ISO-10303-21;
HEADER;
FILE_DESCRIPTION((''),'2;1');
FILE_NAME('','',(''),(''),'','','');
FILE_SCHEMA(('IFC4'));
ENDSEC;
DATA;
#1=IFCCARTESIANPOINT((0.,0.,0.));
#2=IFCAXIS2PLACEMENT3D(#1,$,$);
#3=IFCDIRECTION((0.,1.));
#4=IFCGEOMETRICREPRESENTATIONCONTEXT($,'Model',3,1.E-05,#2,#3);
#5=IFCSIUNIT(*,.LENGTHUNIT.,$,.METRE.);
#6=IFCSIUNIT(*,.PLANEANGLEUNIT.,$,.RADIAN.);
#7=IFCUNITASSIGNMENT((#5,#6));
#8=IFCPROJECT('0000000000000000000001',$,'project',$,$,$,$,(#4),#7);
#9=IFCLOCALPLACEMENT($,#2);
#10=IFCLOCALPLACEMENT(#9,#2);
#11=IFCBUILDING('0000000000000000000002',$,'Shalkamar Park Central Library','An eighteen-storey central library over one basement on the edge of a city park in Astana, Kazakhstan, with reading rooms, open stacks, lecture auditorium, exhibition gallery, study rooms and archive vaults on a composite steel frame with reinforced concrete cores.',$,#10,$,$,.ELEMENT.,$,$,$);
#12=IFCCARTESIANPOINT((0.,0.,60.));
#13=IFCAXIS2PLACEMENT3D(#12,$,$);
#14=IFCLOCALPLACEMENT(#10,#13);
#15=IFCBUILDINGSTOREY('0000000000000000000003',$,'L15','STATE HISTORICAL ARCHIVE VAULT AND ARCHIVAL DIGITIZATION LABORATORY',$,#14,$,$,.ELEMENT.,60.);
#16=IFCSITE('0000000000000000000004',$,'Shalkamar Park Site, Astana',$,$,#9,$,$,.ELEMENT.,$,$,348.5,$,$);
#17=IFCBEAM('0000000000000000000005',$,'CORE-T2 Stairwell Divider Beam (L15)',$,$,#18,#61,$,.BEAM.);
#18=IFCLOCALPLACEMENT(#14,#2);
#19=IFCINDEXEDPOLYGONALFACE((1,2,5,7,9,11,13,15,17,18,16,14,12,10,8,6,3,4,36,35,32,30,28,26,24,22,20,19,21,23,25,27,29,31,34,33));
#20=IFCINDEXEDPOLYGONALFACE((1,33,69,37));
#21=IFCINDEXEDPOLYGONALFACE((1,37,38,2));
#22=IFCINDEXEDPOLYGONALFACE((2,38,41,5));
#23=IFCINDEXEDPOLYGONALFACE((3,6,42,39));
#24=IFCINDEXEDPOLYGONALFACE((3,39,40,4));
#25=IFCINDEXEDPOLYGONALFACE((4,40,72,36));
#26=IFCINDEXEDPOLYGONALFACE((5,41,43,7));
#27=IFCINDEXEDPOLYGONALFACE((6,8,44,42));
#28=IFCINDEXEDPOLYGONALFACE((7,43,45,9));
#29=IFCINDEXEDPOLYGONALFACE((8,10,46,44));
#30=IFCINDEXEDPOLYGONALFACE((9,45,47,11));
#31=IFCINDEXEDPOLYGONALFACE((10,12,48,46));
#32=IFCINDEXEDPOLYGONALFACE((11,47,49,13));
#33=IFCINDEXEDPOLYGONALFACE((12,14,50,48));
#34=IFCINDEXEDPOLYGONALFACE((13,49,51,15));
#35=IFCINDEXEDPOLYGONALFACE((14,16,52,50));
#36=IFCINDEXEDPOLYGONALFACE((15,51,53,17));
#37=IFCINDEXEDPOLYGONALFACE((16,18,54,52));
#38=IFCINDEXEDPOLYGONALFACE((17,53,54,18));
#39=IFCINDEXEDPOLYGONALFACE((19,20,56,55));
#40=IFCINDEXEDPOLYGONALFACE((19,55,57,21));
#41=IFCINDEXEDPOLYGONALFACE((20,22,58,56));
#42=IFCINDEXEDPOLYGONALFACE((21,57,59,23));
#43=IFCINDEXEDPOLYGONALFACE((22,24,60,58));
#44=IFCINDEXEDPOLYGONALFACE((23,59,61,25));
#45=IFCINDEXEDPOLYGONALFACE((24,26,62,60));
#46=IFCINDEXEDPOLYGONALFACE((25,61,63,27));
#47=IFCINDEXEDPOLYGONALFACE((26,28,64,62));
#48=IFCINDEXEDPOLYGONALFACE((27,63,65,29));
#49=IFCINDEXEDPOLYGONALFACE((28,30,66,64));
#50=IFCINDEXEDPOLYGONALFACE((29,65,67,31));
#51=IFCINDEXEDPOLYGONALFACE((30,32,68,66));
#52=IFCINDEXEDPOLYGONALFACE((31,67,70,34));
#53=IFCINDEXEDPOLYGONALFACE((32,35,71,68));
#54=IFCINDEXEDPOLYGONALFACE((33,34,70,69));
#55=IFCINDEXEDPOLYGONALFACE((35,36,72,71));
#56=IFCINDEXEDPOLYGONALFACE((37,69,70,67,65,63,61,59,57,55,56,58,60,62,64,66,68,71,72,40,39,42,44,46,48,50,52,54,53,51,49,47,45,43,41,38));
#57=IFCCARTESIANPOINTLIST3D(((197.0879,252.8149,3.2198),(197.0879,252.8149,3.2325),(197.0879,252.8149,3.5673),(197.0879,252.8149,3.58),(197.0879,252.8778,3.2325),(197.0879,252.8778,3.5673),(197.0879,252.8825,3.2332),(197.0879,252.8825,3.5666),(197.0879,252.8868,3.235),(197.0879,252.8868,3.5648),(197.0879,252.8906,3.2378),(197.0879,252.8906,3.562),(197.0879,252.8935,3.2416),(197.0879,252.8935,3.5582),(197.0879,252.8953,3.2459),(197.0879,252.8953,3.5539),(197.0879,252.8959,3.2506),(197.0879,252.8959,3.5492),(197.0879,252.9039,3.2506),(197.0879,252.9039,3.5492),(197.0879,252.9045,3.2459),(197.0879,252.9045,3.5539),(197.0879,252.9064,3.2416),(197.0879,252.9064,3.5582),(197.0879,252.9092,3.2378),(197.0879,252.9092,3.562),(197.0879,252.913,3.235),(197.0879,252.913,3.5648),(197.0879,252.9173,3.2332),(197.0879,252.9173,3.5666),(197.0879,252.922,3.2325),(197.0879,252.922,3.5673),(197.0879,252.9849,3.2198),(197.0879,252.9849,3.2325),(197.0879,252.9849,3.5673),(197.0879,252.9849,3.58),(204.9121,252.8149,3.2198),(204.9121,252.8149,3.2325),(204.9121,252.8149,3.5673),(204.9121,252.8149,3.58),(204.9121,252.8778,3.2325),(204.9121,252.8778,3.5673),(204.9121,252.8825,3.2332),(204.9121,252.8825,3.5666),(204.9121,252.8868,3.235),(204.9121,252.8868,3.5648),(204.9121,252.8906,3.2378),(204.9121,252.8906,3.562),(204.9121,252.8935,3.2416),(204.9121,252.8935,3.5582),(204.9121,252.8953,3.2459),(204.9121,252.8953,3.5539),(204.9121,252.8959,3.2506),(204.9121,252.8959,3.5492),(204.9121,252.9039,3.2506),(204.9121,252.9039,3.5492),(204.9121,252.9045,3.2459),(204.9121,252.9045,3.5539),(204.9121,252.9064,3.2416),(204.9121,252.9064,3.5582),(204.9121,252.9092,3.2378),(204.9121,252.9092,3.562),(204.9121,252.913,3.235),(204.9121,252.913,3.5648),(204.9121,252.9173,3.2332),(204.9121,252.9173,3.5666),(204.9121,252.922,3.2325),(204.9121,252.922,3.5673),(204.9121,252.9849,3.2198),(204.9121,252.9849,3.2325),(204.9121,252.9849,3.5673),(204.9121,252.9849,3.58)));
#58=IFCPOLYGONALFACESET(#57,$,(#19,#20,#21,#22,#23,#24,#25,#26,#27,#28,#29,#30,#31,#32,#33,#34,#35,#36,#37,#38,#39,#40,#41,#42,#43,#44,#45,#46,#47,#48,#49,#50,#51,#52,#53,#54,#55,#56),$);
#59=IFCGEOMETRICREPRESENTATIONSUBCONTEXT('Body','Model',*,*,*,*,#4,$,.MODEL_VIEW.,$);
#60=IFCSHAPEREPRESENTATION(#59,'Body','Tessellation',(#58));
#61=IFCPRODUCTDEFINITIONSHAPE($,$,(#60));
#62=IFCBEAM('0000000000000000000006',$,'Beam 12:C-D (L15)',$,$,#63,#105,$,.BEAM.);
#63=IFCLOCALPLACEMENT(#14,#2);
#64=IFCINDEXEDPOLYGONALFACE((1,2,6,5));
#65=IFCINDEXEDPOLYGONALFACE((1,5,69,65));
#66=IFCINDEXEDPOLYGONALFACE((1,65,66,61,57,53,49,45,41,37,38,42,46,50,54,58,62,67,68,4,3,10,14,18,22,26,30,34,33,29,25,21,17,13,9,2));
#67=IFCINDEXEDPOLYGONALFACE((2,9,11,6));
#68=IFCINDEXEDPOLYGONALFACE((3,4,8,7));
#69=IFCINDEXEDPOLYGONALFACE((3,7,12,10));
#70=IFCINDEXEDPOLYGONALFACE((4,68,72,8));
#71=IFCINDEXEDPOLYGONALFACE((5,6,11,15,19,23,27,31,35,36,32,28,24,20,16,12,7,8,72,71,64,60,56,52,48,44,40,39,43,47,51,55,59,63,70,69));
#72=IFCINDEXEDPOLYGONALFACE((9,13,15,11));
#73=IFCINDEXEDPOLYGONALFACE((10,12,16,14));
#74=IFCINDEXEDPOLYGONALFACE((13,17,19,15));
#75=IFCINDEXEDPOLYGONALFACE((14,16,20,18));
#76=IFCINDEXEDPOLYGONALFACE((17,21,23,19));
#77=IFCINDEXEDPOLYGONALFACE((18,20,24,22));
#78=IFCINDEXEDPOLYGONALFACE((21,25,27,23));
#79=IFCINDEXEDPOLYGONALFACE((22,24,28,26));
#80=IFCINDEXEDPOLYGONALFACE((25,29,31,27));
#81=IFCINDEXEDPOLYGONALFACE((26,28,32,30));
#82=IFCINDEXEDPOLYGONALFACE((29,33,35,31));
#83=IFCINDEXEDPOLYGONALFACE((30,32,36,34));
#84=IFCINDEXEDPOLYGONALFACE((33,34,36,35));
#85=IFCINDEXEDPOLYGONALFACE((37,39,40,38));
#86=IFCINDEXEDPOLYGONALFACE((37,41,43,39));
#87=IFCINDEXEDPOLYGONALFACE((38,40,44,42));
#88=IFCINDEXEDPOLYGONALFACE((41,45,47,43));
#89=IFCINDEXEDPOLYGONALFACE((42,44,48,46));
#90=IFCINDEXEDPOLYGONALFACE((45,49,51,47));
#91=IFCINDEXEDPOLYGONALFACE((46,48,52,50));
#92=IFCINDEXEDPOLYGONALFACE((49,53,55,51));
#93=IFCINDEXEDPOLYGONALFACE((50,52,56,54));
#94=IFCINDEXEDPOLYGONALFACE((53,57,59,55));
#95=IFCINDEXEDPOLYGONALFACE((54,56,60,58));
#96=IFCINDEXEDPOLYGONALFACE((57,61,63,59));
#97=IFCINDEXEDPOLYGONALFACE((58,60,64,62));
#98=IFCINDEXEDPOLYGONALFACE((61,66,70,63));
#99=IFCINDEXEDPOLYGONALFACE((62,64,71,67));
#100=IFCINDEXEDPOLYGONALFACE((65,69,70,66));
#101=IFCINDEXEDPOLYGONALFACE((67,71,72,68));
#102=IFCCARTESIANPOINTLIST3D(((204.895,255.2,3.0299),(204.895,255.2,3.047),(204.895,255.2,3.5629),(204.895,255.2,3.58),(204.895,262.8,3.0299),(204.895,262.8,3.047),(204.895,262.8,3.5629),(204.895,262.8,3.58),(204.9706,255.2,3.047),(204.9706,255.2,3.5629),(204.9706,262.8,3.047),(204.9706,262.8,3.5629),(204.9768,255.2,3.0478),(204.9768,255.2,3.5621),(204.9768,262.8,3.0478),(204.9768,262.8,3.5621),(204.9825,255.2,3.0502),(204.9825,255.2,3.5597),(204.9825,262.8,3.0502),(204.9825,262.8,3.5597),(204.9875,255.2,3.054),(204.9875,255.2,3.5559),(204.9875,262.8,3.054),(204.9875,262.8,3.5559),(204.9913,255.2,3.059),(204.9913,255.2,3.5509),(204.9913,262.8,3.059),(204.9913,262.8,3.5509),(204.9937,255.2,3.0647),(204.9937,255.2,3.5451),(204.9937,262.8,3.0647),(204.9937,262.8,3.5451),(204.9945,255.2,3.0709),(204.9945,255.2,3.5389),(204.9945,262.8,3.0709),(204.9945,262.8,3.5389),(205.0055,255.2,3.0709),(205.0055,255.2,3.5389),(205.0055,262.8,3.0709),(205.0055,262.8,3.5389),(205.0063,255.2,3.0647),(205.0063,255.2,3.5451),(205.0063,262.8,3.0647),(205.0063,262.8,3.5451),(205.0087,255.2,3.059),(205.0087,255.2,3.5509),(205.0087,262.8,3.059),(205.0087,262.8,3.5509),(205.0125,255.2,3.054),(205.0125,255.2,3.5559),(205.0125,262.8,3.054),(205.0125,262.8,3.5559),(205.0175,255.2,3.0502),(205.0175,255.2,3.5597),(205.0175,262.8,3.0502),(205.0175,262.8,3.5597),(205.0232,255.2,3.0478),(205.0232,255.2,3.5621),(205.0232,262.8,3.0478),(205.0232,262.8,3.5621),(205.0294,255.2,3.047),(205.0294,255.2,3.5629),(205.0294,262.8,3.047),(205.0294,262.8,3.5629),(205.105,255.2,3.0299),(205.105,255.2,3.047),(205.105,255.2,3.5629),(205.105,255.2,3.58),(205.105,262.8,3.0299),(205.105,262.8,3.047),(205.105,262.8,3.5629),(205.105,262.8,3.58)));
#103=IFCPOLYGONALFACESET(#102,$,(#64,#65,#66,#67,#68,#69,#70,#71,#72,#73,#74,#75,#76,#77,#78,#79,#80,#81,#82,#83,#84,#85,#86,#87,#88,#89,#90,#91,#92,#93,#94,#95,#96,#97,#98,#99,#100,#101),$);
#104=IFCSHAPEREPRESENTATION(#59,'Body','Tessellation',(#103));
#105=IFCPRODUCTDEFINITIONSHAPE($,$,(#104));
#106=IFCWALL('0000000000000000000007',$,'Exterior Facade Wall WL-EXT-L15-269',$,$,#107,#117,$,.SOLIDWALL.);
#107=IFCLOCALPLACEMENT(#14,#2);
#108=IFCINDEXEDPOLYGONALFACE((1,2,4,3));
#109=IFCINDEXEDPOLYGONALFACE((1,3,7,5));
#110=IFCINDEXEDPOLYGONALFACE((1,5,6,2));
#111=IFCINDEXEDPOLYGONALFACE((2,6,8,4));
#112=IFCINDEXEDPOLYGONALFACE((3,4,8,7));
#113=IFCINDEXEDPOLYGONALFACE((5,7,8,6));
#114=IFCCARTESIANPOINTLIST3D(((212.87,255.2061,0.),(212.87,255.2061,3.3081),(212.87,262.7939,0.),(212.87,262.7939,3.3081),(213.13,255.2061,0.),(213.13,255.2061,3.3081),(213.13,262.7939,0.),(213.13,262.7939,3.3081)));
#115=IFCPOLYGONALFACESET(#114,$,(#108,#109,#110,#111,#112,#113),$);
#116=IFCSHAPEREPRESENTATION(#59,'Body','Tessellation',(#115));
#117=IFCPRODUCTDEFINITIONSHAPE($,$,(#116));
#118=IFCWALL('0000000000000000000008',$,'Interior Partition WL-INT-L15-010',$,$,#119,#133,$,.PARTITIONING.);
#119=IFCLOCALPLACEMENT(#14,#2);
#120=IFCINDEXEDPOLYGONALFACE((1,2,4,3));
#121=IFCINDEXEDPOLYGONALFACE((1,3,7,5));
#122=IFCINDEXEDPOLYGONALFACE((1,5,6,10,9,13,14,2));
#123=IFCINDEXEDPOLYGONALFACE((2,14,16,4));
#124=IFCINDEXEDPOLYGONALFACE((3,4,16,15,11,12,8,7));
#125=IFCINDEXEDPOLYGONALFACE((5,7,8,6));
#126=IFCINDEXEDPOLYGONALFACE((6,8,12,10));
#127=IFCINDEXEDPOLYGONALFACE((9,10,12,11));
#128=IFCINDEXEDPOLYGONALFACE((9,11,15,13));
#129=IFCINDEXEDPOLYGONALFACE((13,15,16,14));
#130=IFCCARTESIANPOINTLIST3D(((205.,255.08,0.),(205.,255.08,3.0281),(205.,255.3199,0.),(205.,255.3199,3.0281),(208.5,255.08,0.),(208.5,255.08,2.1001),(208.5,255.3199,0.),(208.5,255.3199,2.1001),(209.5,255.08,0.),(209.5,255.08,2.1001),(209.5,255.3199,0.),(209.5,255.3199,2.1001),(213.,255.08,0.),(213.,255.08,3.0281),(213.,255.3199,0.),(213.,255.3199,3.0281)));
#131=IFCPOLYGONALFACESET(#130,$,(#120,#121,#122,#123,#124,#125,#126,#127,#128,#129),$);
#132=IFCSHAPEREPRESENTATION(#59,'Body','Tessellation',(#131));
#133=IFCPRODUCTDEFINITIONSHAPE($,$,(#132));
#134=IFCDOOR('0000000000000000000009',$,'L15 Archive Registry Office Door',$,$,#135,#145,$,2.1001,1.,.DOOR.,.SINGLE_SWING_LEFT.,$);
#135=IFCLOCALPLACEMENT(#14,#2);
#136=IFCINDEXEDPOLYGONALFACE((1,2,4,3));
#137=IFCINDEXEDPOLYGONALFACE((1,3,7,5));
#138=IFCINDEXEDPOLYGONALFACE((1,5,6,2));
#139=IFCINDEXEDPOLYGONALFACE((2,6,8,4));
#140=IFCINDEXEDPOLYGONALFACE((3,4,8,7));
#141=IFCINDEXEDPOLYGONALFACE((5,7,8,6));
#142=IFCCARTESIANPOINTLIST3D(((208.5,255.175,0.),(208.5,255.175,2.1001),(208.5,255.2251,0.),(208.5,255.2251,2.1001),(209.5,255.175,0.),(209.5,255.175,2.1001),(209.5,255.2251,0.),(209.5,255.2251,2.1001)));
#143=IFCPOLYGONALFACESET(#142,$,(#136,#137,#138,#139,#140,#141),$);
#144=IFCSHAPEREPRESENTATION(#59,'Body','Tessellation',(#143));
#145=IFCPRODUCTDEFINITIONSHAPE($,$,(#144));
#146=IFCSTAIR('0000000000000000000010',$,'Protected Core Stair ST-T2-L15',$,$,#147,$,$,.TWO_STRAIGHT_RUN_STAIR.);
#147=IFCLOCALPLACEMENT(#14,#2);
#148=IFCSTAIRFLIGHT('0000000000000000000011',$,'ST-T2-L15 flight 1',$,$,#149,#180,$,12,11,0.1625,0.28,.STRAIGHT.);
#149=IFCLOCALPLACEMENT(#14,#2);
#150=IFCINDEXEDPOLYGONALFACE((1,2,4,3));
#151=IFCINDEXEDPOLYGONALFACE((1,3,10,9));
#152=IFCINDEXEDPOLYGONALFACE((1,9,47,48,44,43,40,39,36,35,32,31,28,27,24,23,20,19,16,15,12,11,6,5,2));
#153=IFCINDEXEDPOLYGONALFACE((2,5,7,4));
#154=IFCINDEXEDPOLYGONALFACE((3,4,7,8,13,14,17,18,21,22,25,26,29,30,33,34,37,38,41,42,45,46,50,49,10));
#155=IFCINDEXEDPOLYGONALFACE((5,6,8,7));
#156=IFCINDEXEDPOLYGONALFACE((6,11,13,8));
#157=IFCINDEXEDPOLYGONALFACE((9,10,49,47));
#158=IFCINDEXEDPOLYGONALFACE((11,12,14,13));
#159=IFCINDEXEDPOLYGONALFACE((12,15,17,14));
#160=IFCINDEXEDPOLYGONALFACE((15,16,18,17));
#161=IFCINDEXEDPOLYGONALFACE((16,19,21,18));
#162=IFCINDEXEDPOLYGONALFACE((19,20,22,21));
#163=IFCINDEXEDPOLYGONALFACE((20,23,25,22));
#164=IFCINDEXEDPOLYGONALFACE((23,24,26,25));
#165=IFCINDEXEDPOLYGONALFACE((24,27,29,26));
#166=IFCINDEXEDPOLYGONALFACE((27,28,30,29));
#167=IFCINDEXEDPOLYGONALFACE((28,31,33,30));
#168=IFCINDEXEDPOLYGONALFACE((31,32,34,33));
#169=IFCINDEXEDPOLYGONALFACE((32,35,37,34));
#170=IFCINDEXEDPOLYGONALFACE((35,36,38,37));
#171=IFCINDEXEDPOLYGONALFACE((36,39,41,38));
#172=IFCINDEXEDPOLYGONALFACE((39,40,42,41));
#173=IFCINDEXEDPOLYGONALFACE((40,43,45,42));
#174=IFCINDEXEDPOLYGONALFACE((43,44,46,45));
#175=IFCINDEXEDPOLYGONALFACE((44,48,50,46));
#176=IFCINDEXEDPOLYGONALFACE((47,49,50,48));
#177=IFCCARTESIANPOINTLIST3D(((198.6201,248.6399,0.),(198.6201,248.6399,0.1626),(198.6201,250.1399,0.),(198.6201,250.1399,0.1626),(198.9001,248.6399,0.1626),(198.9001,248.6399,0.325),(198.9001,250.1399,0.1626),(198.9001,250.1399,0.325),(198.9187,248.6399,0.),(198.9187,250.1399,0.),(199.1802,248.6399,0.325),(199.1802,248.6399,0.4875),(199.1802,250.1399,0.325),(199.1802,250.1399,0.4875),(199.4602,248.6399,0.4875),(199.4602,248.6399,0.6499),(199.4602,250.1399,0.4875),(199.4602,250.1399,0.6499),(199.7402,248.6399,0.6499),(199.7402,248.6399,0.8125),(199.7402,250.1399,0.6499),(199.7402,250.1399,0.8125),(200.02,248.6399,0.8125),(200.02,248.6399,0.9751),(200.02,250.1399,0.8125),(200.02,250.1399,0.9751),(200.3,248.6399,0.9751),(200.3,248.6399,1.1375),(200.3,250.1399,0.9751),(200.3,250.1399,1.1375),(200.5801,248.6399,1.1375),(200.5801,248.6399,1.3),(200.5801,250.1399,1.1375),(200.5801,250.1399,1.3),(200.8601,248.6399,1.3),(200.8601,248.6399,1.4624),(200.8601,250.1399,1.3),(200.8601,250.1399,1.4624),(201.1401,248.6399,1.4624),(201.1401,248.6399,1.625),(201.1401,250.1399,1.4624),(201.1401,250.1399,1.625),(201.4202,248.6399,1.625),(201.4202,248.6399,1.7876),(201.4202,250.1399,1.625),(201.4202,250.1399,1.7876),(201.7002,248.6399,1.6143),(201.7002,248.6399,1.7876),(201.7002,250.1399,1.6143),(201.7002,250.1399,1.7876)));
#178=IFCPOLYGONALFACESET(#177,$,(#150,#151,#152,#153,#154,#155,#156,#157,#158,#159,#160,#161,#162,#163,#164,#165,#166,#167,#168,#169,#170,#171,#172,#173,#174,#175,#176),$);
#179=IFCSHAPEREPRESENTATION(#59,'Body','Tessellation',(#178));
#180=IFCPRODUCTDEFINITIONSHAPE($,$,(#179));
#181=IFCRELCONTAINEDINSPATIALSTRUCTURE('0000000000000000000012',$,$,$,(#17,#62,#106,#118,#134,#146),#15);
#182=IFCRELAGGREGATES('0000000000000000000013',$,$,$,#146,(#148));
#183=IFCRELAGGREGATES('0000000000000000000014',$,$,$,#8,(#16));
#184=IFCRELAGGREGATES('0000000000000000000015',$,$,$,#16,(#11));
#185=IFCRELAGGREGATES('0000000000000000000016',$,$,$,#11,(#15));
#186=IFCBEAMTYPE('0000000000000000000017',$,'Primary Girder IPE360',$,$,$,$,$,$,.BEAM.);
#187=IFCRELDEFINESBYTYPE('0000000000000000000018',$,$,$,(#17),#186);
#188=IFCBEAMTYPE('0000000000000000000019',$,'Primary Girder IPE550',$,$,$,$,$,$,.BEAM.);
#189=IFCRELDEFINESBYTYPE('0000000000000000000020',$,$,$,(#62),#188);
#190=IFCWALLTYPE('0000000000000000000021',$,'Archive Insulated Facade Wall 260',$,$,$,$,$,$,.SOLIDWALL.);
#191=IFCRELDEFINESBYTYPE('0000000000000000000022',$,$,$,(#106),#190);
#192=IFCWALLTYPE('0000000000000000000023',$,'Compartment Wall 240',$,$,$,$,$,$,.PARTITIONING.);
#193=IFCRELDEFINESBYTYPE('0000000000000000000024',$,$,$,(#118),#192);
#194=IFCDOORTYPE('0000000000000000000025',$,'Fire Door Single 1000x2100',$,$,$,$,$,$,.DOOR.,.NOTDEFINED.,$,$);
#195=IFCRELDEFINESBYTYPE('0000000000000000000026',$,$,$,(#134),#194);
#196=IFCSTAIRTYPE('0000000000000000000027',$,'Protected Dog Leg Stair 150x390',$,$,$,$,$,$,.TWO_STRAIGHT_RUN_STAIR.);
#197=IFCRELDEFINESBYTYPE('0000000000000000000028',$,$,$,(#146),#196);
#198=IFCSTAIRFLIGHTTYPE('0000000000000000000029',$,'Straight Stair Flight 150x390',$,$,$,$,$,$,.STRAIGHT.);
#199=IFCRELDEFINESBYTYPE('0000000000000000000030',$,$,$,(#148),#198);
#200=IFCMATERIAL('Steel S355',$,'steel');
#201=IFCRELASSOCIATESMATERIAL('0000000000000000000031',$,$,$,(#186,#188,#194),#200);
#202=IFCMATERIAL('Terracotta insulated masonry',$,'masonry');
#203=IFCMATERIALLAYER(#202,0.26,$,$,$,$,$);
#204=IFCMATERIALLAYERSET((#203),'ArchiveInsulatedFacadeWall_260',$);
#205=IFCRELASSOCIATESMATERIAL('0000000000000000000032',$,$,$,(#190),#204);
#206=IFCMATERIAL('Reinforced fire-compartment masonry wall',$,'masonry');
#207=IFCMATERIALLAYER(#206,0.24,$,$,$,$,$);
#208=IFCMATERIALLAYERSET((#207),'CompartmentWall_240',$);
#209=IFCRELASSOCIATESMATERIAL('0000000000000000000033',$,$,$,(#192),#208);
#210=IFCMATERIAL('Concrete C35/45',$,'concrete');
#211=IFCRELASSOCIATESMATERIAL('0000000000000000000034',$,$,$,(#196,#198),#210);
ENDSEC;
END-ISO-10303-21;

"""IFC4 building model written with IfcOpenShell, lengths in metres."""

from ifc_helpers import new_model, si_unit, direction, frame, frame_2d, origin, origin_2d, place, context, subcontext, project, spatial, polyline, rectangle, i_section, outline, extrude, material, layer, layer_set, material_profile, profile_set, type_object, element, fill, aggregate, save


model = new_model("IFC4")

# Units and contexts
model_context = context("Model", 3, precision=1e-05, world=origin(), true_north=direction((0.0, 1.0)))
body_context = subcontext(model_context, "Body", "Model", "MODEL_VIEW")
ifc_project = project(units=[si_unit("LENGTHUNIT", "METRE"), si_unit("PLANEANGLEUNIT", "RADIAN")], contexts=[model_context])

# Site, building, storey
site_placement = place(None, origin())
site = spatial("IfcSite", under=ifc_project, at=site_placement, Name="Shalkamar Park Site, Astana", CompositionType="ELEMENT", RefElevation=348.5)
building_placement = place(site_placement, origin())
building = spatial("IfcBuilding", under=site, at=building_placement, Name="Shalkamar Park Central Library", Description="An eighteen-storey central library over one basement on the edge of a city park in Astana, Kazakhstan, with reading rooms, open stacks, lecture auditorium, exhibition gallery, study rooms and archive vaults on a composite steel frame with reinforced concrete cores.", CompositionType="ELEMENT")
storey_placement = place(building_placement, frame((0.0, 0.0, 60.0)))
storey = spatial("IfcBuildingStorey", under=building, at=storey_placement, Name="L15", Description="STATE HISTORICAL ARCHIVE VAULT AND ARCHIVAL DIGITIZATION LABORATORY", CompositionType="ELEMENT", Elevation=60.0)

# Shared definitions
ifc_material_1 = material(Name="Steel S355", Category="steel")

# Beams
ifc_material_profile_1 = material_profile(ifc_material_1, i_section(OverallWidth=0.1699, OverallDepth=0.3601, WebThickness=0.0081, FlangeThickness=0.0127, FilletRadius=0.0181, at=origin_2d()), Name="IPE 360")
ifc_profile_set_1 = profile_set([ifc_material_profile_1], Name="Steel S355")
beam_type_1 = type_object("IfcBeamType", Name="Primary Girder IPE360", PredefinedType="BEAM", material=ifc_profile_set_1)
beam_1_placement = place(storey_placement, frame((197.0879, 252.8999, 3.3999), z_axis=(1.0, 0.0, 0.0), x_axis=(0.0, 1.0, 0.0)))
element("IfcBeam", 1, at=beam_1_placement, inside=storey, type_object=beam_type_1, Name="CORE-T2 Stairwell Divider Beam (L15)", PredefinedType="BEAM", context=body_context, shape_type="SweptSolid", body=[
    extrude(i_section(OverallWidth=0.1699, OverallDepth=0.3601, WebThickness=0.0081, FlangeThickness=0.0127, FilletRadius=0.0181, at=origin_2d()), origin(), (0.0, 0.0, 1.0), 7.8242),
])
ifc_material_profile_2 = material_profile(ifc_material_1, i_section(OverallWidth=0.21, OverallDepth=0.55, WebThickness=0.011, FlangeThickness=0.0171, FilletRadius=0.0239, at=origin_2d()), Name="IPE 550")
ifc_profile_set_2 = profile_set([ifc_material_profile_2], Name="Steel S355")
beam_type_2 = type_object("IfcBeamType", Name="Primary Girder IPE550", PredefinedType="BEAM", material=ifc_profile_set_2)
beam_2_placement = place(storey_placement, frame((205.0, 255.2, 3.3049), z_axis=(0.0, 1.0, 0.0), x_axis=(-1.0, 0.0, 0.0)))
element("IfcBeam", 2, at=beam_2_placement, inside=storey, type_object=beam_type_2, Name="Beam 12:C-D (L15)", PredefinedType="BEAM", context=body_context, shape_type="SweptSolid", body=[
    extrude(i_section(OverallWidth=0.21, OverallDepth=0.55, WebThickness=0.011, FlangeThickness=0.0171, FilletRadius=0.0239, at=origin_2d()), origin(), (0.0, 0.0, 1.0), 7.6001),
])

# Wall
ifc_material_2 = material(Name="Terracotta insulated masonry", Category="masonry")
ifc_layer_1 = layer(ifc_material_2, 0.26)
ifc_layer_set_1 = layer_set([ifc_layer_1], Name="ArchiveInsulatedFacadeWall_260")
wall_type_1 = type_object("IfcWallType", Name="Archive Insulated Facade Wall 260", PredefinedType="SOLIDWALL", material=ifc_layer_set_1)
wall_1_placement = place(storey_placement, frame((213.0, 255.2061, 0.0), z_axis=(0.0, 0.0, 1.0), x_axis=(0.0, 1.0, 0.0)))
element("IfcWall", 3, at=wall_1_placement, inside=storey, type_object=wall_type_1, Name="Exterior Facade Wall WL-EXT-L15-269", PredefinedType="SOLIDWALL", context=body_context, shape_type="SweptSolid", body=[
    extrude(rectangle(XDim=7.5879, YDim=0.26, at=frame_2d((3.7939, 0.0))), origin(), (0.0, 0.0, 1.0), 3.3081),
])

# Wall, opening, door
ifc_material_3 = material(Name="Reinforced fire-compartment masonry wall", Category="masonry")
ifc_layer_2 = layer(ifc_material_3, 0.24)
ifc_layer_set_2 = layer_set([ifc_layer_2], Name="CompartmentWall_240")
wall_type_2 = type_object("IfcWallType", Name="Compartment Wall 240", PredefinedType="PARTITIONING", material=ifc_layer_set_2)
wall_2_placement = place(storey_placement, frame((205.0, 255.2, 0.0), z_axis=(0.0, 0.0, 1.0), x_axis=(1.0, 0.0, 0.0)))
wall_2 = element("IfcWall", 4, at=wall_2_placement, inside=storey, type_object=wall_type_2, Name="Interior Partition WL-INT-L15-010", PredefinedType="PARTITIONING", context=body_context, shape_type="SweptSolid", body=[
    extrude(rectangle(XDim=8.0, YDim=0.24, at=frame_2d((4.0, 0.0))), origin(), (0.0, 0.0, 1.0), 3.0281),
])
opening_placement = place(wall_2_placement, frame((3.5, 0.0, 0.0)))
opening = element("IfcOpeningElement", 5, at=opening_placement, cuts=wall_2, PredefinedType="OPENING", context=body_context, shape_type="SweptSolid", body=[
    extrude(rectangle(XDim=1.0, YDim=2.1001, at=frame_2d((0.5, 1.05))), frame((0.0, 0.1348, 0.0), z_axis=(0.0, -1.0, 0.0), x_axis=(1.0, 0.0, 0.0)), (0.0, 0.0, 1.0), 0.2698),
])
door_type = type_object("IfcDoorType", Name="Fire Door Single 1000x2100", OperationType="NOTDEFINED", PredefinedType="DOOR", material=ifc_material_1)
door_placement = place(opening_placement, frame((1.0, 0.0, 0.0), z_axis=(0.0, 0.0, 1.0), x_axis=(-1.0, 0.0, 0.0)))
door = element("IfcDoor", 6, at=door_placement, inside=storey, type_object=door_type, Name="L15 Archive Registry Office Door", OperationType="SINGLE_SWING_LEFT", OverallHeight=2.1001, OverallWidth=1.0, PredefinedType="DOOR", context=body_context, shape_type="SweptSolid", body=[
    extrude(rectangle(XDim=1.0, YDim=2.1001, at=frame_2d((0.5, 1.05))), frame((0.0, 0.0249, 0.0), z_axis=(0.0, -1.0, 0.0), x_axis=(1.0, 0.0, 0.0)), (0.0, 0.0, 1.0), 0.05),
])
fill(opening, door)

# Stair, stair flight
ifc_material_4 = material(Name="Concrete C35/45", Category="concrete")
stair_type = type_object("IfcStairType", Name="Protected Dog Leg Stair 150x390", PredefinedType="TWO_STRAIGHT_RUN_STAIR", material=ifc_material_4)
stair_placement = place(storey_placement, origin())
stair = element("IfcStair", 7, at=stair_placement, inside=storey, type_object=stair_type, Name="Protected Core Stair ST-T2-L15", PredefinedType="TWO_STRAIGHT_RUN_STAIR")
stair_flight_type = type_object("IfcStairFlightType", Name="Straight Stair Flight 150x390", PredefinedType="STRAIGHT", material=ifc_material_4)
stair_flight_1_placement = place(storey_placement, frame((198.6201, 249.3899, 0.0), z_axis=(0.0, 0.0, 1.0), x_axis=(1.0, 0.0, 0.0)))
stair_flight_1 = element("IfcStairFlight", 8, at=stair_flight_1_placement, type_object=stair_flight_type, Name="ST-T2-L15 flight 1", NumberOfRisers=12, NumberOfTreads=11, PredefinedType="STRAIGHT", RiserHeight=0.1625, TreadLength=0.28, context=body_context, shape_type="SweptSolid", body=[
    extrude(outline(polyline([(0.0, 0.0), (0.0, 0.1626), (0.28, 0.1626), (0.28, 0.325), (0.5601, 0.325), (0.5601, 0.4875), (0.8401, 0.4875), (0.8401, 0.6499), (1.1201, 0.6499), (1.1201, 0.8125), (1.3999, 0.8125), (1.3999, 0.9751), (1.6799, 0.9751), (1.6799, 1.1375), (1.96, 1.1375), (1.96, 1.3), (2.24, 1.3), (2.24, 1.4624), (2.52, 1.4624), (2.52, 1.625), (2.8, 1.625), (2.8, 1.7876), (3.0801, 1.7876), (3.0801, 1.95), (3.0801, 1.6143), (0.2986, 0.0), (0.0, 0.0)])), frame((0.0, 0.75, 0.0), z_axis=(0.0, -1.0, 0.0), x_axis=(1.0, 0.0, 0.0)), (0.0, 0.0, 1.0), 1.5),
])
aggregate(stair, [stair_flight_1])

save(model, "model.ifc")
